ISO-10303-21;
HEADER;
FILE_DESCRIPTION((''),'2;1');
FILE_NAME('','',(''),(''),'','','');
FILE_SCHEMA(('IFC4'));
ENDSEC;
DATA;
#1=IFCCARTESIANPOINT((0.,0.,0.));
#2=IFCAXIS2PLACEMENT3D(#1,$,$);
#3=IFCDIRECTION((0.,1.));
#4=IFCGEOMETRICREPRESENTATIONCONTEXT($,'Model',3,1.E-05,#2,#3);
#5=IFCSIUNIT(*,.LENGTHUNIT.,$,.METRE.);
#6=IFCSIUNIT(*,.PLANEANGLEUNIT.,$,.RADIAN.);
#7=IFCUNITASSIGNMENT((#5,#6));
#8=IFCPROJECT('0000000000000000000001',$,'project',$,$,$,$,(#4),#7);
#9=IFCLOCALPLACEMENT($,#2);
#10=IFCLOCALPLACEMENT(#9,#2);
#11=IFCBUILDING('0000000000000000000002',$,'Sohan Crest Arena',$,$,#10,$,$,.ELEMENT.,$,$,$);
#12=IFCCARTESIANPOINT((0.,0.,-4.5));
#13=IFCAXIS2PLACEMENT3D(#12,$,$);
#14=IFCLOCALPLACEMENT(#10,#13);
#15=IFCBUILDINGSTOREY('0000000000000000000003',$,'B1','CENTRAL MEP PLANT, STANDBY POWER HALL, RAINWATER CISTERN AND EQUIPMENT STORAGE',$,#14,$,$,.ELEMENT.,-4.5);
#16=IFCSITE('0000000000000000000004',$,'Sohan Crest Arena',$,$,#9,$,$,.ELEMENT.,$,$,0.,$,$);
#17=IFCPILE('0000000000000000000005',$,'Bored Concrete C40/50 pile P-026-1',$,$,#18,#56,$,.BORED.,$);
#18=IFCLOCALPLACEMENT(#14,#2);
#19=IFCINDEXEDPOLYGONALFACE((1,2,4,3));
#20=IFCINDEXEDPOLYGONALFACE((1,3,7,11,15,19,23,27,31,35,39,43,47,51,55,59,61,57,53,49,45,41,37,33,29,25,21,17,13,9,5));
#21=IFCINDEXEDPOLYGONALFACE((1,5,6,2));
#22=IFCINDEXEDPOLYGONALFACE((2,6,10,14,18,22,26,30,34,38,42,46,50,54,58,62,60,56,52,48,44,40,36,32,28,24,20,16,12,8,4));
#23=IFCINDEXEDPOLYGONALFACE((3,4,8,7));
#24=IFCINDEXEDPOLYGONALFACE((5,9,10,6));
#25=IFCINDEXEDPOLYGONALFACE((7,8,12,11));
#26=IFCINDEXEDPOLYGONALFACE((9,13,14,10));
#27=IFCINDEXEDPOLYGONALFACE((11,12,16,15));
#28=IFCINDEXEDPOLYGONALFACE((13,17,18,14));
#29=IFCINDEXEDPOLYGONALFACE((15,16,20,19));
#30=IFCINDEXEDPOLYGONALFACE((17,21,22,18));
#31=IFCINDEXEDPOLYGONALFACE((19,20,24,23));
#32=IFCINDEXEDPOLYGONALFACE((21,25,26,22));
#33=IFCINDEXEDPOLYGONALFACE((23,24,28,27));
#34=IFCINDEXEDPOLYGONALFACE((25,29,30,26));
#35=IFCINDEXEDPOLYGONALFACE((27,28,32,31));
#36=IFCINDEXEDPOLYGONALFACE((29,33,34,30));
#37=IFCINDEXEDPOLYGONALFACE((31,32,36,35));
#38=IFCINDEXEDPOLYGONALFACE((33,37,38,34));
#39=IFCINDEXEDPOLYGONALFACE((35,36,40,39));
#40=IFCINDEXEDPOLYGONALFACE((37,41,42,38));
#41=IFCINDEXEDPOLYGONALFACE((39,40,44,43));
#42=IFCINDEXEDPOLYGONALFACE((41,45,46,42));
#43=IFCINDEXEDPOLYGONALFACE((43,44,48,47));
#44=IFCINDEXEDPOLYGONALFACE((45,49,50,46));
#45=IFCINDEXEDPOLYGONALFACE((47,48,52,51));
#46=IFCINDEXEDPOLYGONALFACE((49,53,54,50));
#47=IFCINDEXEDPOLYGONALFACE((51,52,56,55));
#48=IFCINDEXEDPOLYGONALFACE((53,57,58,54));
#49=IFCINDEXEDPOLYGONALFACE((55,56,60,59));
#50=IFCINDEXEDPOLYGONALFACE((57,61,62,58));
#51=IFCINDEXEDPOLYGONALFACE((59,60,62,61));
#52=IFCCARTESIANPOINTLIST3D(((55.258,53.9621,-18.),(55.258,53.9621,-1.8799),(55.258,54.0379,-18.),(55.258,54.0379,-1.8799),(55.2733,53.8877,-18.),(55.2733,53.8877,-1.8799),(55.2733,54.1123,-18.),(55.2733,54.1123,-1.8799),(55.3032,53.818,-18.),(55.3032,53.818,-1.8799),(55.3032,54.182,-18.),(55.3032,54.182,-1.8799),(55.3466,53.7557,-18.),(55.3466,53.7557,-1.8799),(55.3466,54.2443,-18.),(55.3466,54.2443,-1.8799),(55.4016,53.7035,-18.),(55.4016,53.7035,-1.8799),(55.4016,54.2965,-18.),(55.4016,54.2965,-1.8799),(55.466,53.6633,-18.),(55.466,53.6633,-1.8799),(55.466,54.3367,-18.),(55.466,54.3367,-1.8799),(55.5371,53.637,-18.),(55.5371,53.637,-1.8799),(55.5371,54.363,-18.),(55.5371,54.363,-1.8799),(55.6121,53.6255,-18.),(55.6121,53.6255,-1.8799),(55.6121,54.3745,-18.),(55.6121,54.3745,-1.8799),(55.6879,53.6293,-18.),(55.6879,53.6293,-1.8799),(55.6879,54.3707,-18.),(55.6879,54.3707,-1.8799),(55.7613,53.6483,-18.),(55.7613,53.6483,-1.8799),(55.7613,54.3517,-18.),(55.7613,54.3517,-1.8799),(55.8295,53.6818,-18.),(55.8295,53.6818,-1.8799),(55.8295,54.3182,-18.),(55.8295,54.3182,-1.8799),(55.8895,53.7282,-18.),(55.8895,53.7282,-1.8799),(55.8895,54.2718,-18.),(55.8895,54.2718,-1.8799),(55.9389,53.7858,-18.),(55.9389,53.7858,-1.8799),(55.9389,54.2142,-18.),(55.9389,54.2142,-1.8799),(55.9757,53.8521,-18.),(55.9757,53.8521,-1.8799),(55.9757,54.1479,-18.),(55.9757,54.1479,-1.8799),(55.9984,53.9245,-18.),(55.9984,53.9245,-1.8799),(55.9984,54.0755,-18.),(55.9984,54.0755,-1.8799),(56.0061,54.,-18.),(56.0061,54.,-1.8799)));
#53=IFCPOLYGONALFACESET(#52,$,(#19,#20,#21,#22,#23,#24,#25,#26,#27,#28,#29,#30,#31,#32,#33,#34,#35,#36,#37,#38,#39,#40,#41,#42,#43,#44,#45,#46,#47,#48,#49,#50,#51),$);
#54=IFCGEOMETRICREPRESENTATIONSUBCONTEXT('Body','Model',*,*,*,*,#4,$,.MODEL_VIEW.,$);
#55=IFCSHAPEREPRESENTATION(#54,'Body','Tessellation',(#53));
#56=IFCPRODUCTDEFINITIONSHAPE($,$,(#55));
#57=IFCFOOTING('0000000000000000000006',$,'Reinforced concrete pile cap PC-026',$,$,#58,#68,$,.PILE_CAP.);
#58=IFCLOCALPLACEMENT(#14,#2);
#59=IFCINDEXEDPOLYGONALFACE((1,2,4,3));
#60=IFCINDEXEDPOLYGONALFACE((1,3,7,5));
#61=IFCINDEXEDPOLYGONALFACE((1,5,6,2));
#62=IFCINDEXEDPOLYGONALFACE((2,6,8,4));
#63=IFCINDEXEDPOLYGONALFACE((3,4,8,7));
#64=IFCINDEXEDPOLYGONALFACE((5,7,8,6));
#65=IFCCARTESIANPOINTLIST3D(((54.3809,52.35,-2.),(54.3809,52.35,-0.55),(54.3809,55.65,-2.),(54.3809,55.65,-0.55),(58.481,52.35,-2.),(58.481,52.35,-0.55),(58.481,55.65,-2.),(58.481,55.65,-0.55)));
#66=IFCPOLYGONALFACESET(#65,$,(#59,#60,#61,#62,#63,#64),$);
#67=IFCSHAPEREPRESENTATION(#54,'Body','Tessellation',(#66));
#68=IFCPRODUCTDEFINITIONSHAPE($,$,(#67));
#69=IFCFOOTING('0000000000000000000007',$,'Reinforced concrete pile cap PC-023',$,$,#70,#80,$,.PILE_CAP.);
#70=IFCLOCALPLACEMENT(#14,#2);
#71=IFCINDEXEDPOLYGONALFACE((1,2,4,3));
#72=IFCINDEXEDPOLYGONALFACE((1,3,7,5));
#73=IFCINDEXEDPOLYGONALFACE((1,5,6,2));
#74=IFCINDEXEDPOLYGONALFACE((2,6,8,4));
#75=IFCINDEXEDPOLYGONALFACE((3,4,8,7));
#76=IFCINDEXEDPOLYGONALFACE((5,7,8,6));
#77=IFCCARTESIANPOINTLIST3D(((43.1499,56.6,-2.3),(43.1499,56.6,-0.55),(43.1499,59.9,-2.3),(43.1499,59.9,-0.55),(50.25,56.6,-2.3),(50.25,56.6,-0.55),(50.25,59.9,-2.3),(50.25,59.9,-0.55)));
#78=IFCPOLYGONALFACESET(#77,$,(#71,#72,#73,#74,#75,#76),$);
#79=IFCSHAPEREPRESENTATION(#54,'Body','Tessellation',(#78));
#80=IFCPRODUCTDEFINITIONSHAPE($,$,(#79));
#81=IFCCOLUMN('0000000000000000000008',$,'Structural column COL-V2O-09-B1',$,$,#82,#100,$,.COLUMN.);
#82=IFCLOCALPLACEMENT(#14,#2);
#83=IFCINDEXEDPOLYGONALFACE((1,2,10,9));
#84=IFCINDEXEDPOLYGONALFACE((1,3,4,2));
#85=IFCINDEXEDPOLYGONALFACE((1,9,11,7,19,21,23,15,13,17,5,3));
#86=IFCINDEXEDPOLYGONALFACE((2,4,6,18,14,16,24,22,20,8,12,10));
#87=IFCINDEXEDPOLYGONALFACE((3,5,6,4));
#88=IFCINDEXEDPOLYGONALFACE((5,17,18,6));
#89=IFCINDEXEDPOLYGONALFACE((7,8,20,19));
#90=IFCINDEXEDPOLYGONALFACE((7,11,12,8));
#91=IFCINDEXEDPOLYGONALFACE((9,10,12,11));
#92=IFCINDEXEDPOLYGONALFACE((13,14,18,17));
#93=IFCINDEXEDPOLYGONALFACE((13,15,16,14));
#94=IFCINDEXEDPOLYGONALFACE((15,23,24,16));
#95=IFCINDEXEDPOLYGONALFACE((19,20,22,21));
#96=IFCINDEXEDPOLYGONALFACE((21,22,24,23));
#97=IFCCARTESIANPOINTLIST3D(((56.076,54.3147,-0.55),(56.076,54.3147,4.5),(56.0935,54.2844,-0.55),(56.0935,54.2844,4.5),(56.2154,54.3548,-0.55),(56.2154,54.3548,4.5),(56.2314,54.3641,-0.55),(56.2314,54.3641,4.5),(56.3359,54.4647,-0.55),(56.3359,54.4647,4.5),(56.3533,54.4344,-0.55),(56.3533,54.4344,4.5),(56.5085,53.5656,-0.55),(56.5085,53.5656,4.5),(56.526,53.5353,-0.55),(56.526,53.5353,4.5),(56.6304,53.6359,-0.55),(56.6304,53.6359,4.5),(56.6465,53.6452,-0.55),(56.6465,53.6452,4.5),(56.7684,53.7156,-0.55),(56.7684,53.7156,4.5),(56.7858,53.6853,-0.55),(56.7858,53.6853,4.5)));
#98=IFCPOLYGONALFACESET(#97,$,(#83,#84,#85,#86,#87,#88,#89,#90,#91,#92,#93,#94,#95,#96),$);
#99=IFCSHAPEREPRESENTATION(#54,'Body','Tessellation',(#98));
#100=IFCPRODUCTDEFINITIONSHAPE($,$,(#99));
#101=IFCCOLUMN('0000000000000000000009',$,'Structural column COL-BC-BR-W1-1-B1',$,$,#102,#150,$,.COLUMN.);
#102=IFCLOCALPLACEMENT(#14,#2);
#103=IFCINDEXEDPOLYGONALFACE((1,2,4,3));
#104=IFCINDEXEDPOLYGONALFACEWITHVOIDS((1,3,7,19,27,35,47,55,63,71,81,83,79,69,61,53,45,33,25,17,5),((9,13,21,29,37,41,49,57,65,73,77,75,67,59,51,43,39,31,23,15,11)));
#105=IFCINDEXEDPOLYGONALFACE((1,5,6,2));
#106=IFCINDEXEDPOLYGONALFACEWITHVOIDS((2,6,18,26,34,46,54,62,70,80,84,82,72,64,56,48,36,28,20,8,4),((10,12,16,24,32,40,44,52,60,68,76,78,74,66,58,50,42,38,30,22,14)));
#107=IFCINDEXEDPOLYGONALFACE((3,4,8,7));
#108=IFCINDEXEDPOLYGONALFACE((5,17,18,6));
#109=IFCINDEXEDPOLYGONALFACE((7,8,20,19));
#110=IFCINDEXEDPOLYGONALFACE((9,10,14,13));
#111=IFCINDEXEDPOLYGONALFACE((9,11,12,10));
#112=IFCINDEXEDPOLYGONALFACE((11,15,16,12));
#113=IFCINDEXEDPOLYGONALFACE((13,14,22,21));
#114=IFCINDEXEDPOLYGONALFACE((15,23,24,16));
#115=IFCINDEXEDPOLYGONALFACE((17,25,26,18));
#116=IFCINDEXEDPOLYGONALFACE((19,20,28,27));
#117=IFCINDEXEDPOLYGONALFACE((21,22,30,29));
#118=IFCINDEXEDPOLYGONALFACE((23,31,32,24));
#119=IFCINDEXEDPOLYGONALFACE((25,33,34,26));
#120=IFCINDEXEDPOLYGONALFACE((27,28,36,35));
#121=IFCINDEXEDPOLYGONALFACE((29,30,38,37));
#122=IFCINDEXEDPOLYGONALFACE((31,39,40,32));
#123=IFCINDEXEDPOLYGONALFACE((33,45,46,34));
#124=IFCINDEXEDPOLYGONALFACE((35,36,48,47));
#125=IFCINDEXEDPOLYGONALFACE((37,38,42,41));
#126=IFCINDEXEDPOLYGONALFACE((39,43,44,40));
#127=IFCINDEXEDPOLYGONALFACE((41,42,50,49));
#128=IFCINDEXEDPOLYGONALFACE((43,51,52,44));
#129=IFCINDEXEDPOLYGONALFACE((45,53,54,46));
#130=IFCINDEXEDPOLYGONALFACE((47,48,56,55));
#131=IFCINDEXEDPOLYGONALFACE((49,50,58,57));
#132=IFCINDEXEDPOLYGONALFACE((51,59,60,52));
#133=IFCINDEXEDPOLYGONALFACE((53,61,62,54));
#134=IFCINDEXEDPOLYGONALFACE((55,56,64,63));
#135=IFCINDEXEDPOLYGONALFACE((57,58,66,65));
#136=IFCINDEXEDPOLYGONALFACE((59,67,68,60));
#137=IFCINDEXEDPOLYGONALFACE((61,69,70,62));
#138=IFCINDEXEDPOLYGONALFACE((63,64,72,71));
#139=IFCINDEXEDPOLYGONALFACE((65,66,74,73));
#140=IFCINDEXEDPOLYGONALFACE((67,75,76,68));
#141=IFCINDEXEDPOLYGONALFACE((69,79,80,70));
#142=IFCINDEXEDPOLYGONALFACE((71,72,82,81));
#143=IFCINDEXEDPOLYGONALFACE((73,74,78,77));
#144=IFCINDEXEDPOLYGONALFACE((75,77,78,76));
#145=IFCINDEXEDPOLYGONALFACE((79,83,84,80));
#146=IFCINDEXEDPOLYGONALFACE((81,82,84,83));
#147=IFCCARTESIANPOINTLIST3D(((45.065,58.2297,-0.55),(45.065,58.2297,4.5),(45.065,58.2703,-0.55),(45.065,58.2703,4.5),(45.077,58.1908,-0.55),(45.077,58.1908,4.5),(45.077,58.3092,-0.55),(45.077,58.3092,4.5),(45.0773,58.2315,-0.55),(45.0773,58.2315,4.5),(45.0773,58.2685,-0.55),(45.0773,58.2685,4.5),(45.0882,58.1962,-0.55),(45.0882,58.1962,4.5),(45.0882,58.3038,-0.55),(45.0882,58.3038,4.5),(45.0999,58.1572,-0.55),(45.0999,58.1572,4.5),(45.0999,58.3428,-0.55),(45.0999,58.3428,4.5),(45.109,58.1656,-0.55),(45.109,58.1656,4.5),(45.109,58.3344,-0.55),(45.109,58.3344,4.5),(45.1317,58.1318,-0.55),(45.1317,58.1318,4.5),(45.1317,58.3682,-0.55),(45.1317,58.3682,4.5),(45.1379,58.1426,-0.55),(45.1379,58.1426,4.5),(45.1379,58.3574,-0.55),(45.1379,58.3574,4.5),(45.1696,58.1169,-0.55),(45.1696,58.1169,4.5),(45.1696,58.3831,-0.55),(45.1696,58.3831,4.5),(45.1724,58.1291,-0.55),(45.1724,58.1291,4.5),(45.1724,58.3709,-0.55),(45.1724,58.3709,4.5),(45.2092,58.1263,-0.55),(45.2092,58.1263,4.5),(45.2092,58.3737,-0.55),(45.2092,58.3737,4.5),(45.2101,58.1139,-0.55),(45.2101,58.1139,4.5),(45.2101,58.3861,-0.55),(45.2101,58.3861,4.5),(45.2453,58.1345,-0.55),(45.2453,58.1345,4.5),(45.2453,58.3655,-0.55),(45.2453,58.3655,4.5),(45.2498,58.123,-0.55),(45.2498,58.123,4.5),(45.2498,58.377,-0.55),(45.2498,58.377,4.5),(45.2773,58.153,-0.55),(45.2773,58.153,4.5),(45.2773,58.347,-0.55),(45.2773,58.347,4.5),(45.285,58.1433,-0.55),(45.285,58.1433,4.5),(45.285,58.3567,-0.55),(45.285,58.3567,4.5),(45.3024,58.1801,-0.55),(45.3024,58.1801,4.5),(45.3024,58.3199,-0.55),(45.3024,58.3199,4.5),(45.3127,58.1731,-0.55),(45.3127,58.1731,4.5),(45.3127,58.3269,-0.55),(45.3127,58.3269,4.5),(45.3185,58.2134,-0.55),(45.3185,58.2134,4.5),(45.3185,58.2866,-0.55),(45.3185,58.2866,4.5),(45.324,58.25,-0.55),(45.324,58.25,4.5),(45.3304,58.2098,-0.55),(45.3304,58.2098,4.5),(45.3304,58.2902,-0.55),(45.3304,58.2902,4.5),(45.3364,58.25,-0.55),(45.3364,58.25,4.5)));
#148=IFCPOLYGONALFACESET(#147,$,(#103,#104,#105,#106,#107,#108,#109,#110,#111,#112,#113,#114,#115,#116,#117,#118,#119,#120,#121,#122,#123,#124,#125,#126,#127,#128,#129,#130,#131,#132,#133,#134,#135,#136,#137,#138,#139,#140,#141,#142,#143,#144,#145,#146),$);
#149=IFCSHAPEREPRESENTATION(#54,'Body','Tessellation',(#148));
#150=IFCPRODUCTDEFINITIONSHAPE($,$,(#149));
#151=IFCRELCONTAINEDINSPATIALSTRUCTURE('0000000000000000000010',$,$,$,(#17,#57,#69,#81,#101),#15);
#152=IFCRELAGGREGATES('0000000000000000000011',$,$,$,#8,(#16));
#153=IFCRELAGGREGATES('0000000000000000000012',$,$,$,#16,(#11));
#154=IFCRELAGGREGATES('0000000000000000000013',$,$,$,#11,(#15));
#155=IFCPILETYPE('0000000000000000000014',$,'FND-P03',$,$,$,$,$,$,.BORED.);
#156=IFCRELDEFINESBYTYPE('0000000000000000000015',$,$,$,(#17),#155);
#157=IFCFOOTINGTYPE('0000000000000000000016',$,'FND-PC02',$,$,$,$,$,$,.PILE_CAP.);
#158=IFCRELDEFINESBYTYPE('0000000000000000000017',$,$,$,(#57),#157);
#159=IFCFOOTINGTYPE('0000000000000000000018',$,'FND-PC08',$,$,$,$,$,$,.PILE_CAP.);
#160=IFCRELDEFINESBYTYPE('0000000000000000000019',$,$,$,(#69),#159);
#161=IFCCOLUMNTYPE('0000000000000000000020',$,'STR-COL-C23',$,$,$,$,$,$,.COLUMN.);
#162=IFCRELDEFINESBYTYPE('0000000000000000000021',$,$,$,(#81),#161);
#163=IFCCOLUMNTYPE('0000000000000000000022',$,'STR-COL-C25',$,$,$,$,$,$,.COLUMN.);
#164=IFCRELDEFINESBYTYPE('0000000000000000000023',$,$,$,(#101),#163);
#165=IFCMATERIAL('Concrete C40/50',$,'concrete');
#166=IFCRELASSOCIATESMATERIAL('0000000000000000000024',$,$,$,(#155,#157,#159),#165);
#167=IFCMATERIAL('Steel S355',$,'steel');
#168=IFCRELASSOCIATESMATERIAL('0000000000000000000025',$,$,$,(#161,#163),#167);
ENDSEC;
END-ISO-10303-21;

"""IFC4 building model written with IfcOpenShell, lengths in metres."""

from ifc_helpers import new_model, si_unit, direction, frame, origin, origin_2d, place, context, subcontext, project, spatial, rectangle, circle, hollow_circle, i_section, extrude, material, material_profile, profile_set, type_object, element, save


model = new_model("IFC4")

# Units and contexts
model_context = context("Model", 3, precision=1e-05, world=origin(), true_north=direction((0.0, 1.0)))
body_context = subcontext(model_context, "Body", "Model", "MODEL_VIEW")
ifc_project = project(units=[si_unit("LENGTHUNIT", "METRE"), si_unit("PLANEANGLEUNIT", "RADIAN")], contexts=[model_context])

# Site, building, storey
site_placement = place(None, origin())
site = spatial("IfcSite", under=ifc_project, at=site_placement, Name="Sohan Crest Arena", CompositionType="ELEMENT", RefElevation=0.0)
building_placement = place(site_placement, origin())
building = spatial("IfcBuilding", under=site, at=building_placement, Name="Sohan Crest Arena", CompositionType="ELEMENT")
storey_placement = place(building_placement, frame((0.0, 0.0, -4.5)))
storey = spatial("IfcBuildingStorey", under=building, at=storey_placement, Name="B1", Description="CENTRAL MEP PLANT, STANDBY POWER HALL, RAINWATER CISTERN AND EQUIPMENT STORAGE", CompositionType="ELEMENT", Elevation=-4.5)

# Shared definitions
ifc_material_1 = material(Name="Concrete C40/50", Category="concrete")

# Pile
ifc_material_profile_1 = material_profile(ifc_material_1, circle(Radius=0.375, at=origin_2d()), Name="PILE D750")
ifc_profile_set_1 = profile_set([ifc_material_profile_1], Name="Concrete C40/50")
pile_type_1 = type_object("IfcPileType", Name="FND-P03", PredefinedType="BORED", material=ifc_profile_set_1)
pile_1_placement = place(storey_placement, frame((55.6311, 54.0, -18.0), z_axis=(0.0, 0.0, 1.0), x_axis=(1.0, 0.0, 0.0)))
element("IfcPile", 1, at=pile_1_placement, inside=storey, type_object=pile_type_1, Name="Bored Concrete C40/50 pile P-026-1", PredefinedType="BORED", context=body_context, shape_type="SweptSolid", body=[
    extrude(circle(Radius=0.375, at=origin_2d()), origin(), (0.0, 0.0, 1.0), 16.1201),
])

# Footings
footing_type_1 = type_object("IfcFootingType", Name="FND-PC02", PredefinedType="PILE_CAP", material=ifc_material_1)
footing_1_placement = place(storey_placement, frame((56.4309, 54.0, -2.0), z_axis=(0.0, 0.0, 1.0), x_axis=(1.0, 0.0, 0.0)))
element("IfcFooting", 2, at=footing_1_placement, inside=storey, type_object=footing_type_1, Name="Reinforced concrete pile cap PC-026", PredefinedType="PILE_CAP", context=body_context, shape_type="SweptSolid", body=[
    extrude(rectangle(XDim=4.1001, YDim=3.3, at=origin_2d()), origin(), (0.0, 0.0, 1.0), 1.45),
])
footing_type_2 = type_object("IfcFootingType", Name="FND-PC08", PredefinedType="PILE_CAP", material=ifc_material_1)
footing_2_placement = place(storey_placement, frame((46.7, 58.25, -2.3), z_axis=(0.0, 0.0, 1.0), x_axis=(1.0, 0.0, 0.0)))
element("IfcFooting", 3, at=footing_2_placement, inside=storey, type_object=footing_type_2, Name="Reinforced concrete pile cap PC-023", PredefinedType="PILE_CAP", context=body_context, shape_type="SweptSolid", body=[
    extrude(rectangle(XDim=7.1001, YDim=3.3, at=origin_2d()), origin(), (0.0, 0.0, 1.0), 1.75),
])

# Columns
ifc_material_2 = material(Name="Steel S355", Category="steel")
ifc_material_profile_2 = material_profile(ifc_material_2, i_section(OverallWidth=0.3, OverallDepth=0.8999, WebThickness=0.0186, FlangeThickness=0.0349, at=origin_2d()), Name="HEB 900")
ifc_profile_set_2 = profile_set([ifc_material_profile_2], Name="Steel S355")
column_type_1 = type_object("IfcColumnType", Name="STR-COL-C23", PredefinedType="COLUMN", material=ifc_profile_set_2)
column_placement = place(storey_placement, frame((56.4309, 54.0, -0.55), z_axis=(0.0, 0.0, 1.0), x_axis=(0.866025, 0.5, 0.0)))
element("IfcColumn", 4, at=column_placement, inside=storey, type_object=column_type_1, Name="Structural column COL-V2O-09-B1", PredefinedType="COLUMN", context=body_context, shape_type="SweptSolid", body=[
    extrude(i_section(OverallWidth=0.3, OverallDepth=0.8999, WebThickness=0.0186, FlangeThickness=0.0349, at=origin_2d()), origin(), (0.0, 0.0, 1.0), 5.05),
])
ifc_material_profile_3 = material_profile(ifc_material_2, hollow_circle(Radius=0.1365, WallThickness=0.0125, at=origin_2d()), Name="CHS 273x12.5")
ifc_profile_set_3 = profile_set([ifc_material_profile_3], Name="Steel S355")
column_type_2 = type_object("IfcColumnType", Name="STR-COL-C25", PredefinedType="COLUMN", material=ifc_profile_set_3)
for number, where, z_axis, x_axis, name in (
    (5, (45.2, 58.25, -0.55), (0.0, 0.0, 1.0), (1.0, 0.0, 0.0), "Structural column COL-BC-BR-W1-1-B1"),
):
    element("IfcColumn", number, at=place(storey_placement, frame(where, z_axis=z_axis, x_axis=x_axis)), inside=storey, type_object=column_type_2, Name=name, PredefinedType="COLUMN", context=body_context, shape_type="SweptSolid", body=[
        extrude(hollow_circle(Radius=0.1365, WallThickness=0.0125, at=origin_2d()), origin(), (0.0, 0.0, 1.0), 5.05),
    ])

save(model, "model.ifc")
